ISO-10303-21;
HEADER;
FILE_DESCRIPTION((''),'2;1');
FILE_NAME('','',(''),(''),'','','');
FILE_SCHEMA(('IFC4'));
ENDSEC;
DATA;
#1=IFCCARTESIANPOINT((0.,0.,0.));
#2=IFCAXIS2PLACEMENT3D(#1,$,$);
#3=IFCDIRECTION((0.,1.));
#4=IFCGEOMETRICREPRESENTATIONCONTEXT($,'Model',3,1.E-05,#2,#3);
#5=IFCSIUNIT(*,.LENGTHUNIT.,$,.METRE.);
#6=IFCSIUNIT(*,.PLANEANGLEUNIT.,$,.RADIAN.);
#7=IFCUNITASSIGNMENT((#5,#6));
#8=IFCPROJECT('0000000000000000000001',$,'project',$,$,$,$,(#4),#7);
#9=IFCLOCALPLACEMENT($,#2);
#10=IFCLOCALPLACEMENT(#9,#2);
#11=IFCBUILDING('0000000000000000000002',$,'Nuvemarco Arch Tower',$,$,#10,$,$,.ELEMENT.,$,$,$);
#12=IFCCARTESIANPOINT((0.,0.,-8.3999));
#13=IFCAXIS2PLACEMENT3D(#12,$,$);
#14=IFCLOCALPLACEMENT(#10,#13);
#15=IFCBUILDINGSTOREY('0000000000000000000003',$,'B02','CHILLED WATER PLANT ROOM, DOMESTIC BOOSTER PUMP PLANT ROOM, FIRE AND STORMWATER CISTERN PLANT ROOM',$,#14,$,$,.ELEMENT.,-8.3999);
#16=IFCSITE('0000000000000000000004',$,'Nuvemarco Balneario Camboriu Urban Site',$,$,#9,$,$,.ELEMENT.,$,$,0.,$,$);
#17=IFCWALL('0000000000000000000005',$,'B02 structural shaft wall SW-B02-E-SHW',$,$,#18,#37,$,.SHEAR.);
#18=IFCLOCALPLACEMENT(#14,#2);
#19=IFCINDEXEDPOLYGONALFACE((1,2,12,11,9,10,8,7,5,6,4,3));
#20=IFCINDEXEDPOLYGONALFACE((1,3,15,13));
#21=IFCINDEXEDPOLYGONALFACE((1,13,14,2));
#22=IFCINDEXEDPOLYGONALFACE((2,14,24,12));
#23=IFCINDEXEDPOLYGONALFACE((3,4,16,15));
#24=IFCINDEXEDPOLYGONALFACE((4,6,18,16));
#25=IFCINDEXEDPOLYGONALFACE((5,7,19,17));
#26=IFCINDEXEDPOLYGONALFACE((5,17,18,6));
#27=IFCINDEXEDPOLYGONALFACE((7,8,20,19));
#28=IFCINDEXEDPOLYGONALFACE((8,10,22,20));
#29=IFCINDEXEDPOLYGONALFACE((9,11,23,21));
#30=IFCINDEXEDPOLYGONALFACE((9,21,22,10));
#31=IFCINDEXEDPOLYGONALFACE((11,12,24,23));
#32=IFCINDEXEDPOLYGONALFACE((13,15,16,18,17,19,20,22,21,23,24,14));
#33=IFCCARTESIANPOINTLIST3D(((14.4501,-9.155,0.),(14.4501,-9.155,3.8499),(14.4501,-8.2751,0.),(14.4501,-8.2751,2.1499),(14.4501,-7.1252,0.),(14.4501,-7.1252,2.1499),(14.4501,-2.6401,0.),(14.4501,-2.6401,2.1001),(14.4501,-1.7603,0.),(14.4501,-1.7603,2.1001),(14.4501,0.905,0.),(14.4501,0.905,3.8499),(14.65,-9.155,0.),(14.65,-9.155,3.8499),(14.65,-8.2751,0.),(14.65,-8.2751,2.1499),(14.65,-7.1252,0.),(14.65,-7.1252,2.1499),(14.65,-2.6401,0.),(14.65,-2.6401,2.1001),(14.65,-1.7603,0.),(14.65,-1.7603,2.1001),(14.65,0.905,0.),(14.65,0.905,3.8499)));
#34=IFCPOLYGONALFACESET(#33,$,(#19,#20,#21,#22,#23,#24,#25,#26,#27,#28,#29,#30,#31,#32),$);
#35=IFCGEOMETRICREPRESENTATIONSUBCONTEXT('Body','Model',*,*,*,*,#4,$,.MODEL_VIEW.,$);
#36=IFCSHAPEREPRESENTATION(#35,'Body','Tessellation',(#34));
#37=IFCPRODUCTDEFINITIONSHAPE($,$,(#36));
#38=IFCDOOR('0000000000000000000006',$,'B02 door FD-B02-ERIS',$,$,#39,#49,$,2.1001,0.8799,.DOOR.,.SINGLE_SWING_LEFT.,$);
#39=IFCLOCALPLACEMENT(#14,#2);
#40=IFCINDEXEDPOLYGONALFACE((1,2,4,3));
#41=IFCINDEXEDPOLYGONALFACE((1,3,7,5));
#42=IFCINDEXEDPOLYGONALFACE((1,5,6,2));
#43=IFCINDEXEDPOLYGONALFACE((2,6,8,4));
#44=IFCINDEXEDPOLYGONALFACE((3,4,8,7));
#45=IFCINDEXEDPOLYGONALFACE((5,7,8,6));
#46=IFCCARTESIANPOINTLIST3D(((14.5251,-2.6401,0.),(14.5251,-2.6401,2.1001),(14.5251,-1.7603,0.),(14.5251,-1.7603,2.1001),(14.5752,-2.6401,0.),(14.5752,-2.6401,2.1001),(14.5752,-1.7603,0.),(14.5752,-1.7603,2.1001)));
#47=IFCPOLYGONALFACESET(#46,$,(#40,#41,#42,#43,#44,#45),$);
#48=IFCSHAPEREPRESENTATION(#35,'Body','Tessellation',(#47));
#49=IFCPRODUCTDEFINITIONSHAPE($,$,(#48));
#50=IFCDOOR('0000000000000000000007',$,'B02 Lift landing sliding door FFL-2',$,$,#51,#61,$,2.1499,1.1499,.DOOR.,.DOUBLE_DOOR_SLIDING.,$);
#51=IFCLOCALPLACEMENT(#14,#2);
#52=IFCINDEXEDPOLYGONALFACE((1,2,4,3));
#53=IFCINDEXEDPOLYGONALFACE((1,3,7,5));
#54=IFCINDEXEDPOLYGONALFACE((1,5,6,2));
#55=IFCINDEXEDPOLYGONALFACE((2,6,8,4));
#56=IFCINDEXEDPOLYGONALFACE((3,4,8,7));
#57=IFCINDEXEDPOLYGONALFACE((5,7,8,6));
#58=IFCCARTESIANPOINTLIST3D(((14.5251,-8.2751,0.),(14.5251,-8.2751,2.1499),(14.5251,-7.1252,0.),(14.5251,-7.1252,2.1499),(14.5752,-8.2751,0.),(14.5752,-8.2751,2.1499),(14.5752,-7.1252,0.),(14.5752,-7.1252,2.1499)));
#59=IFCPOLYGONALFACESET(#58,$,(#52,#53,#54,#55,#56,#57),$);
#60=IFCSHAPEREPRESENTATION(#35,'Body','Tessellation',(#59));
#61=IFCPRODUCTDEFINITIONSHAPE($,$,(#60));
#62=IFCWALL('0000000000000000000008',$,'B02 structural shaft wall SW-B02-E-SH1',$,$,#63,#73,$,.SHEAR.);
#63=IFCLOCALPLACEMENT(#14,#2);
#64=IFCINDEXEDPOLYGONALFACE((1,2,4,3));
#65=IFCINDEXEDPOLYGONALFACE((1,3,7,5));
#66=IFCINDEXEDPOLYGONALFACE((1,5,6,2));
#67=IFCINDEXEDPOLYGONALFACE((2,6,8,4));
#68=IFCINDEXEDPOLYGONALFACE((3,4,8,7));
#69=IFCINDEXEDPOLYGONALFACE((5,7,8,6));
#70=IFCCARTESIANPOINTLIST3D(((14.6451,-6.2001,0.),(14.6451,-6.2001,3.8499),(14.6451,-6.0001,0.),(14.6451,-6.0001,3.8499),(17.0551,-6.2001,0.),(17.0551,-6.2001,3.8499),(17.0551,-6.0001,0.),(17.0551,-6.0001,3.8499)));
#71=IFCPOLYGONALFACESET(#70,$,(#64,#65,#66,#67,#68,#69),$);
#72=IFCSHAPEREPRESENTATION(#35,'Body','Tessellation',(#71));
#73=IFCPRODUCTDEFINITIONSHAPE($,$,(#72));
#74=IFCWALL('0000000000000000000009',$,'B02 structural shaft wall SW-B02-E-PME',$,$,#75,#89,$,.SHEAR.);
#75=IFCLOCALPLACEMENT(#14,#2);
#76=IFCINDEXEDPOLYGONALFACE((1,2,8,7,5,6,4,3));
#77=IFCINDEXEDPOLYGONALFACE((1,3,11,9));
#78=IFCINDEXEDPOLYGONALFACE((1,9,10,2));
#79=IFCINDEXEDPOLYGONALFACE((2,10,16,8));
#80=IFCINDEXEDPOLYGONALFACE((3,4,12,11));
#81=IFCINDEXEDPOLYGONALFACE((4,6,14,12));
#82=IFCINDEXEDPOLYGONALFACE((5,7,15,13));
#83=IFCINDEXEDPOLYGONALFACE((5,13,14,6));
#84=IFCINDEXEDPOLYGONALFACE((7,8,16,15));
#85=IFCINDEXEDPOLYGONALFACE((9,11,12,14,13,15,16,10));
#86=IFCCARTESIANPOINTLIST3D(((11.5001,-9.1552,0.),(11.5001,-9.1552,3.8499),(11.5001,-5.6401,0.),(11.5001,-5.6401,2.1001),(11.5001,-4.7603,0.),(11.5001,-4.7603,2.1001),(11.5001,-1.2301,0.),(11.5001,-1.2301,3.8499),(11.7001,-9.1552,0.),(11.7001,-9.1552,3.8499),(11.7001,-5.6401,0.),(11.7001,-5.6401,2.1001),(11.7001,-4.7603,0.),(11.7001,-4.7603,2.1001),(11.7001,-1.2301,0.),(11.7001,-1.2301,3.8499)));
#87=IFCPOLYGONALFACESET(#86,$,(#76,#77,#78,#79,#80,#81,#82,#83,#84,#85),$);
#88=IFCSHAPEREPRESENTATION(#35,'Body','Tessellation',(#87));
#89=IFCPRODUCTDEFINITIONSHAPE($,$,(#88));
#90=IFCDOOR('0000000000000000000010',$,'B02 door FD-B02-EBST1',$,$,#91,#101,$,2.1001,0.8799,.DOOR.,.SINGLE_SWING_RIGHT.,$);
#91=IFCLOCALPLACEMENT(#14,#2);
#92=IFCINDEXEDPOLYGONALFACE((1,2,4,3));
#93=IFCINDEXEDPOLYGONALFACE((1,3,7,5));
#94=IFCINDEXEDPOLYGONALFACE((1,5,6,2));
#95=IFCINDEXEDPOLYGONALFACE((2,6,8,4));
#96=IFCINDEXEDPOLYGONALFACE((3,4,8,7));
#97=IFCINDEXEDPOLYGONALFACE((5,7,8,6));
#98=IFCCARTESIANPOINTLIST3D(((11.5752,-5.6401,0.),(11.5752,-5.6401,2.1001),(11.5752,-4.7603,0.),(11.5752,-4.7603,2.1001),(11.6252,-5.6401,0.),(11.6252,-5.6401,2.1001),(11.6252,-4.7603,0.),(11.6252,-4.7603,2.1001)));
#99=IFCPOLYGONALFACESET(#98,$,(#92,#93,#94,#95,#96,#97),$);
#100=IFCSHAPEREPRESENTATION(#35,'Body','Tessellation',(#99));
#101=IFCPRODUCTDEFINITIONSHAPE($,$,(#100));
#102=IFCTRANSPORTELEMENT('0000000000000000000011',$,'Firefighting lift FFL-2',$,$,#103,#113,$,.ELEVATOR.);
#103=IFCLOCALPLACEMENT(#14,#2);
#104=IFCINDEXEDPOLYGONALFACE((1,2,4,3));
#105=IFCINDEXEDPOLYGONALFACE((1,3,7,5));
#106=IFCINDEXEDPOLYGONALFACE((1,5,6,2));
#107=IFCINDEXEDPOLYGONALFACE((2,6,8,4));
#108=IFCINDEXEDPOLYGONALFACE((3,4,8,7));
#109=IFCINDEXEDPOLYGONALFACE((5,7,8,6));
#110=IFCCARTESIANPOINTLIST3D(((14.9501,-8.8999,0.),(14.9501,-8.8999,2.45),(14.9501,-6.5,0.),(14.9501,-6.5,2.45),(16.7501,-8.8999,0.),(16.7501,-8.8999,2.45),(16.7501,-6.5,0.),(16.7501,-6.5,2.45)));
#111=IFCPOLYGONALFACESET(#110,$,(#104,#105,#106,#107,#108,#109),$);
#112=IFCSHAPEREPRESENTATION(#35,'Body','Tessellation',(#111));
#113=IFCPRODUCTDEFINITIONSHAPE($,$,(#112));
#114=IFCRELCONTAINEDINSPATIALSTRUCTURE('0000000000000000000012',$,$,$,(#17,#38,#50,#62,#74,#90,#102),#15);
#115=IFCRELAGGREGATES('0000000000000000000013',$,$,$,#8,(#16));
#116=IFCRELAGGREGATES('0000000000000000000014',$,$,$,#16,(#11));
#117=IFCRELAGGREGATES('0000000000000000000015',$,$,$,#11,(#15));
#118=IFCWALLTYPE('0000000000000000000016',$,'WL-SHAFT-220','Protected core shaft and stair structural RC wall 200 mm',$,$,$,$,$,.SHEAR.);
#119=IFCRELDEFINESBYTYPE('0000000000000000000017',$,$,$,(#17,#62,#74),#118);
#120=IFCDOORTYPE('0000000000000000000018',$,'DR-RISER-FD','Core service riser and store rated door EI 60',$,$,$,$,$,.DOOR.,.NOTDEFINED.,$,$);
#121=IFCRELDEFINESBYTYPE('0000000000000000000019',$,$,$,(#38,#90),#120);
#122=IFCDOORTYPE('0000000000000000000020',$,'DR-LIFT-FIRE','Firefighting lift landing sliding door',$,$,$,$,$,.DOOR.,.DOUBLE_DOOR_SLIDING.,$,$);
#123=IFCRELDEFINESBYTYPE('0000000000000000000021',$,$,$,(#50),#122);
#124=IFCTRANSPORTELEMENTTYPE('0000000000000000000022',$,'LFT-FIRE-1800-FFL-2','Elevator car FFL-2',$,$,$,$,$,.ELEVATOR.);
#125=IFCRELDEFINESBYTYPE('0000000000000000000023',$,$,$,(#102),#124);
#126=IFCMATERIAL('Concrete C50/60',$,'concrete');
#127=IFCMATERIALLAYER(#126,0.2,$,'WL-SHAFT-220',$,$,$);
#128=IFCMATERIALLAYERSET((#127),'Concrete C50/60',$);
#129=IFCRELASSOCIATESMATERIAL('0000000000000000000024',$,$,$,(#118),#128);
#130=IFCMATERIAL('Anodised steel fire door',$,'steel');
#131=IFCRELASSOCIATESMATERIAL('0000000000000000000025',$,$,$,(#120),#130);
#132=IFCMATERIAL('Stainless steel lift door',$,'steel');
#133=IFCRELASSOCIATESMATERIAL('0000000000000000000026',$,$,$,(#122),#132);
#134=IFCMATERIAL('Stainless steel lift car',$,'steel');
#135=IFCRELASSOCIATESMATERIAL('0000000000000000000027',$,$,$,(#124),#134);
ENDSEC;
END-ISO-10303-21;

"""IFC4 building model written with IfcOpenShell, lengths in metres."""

from ifc_helpers import new_model, si_unit, direction, frame, frame_2d, origin, origin_2d, place, context, subcontext, project, spatial, rectangle, extrude, source, transform, mapped, material, layer, layer_set, type_object, type_shapes, element, fill, save


model = new_model("IFC4")

# Units and contexts
model_context = context("Model", 3, precision=1e-05, world=origin(), true_north=direction((0.0, 1.0)))
body_context = subcontext(model_context, "Body", "Model", "MODEL_VIEW")
ifc_project = project(units=[si_unit("LENGTHUNIT", "METRE"), si_unit("PLANEANGLEUNIT", "RADIAN")], contexts=[model_context])

# Site, building, storey
site_placement = place(None, origin())
site = spatial("IfcSite", under=ifc_project, at=site_placement, Name="Nuvemarco Balneario Camboriu Urban Site", CompositionType="ELEMENT", RefElevation=0.0)
building_placement = place(site_placement, origin())
building = spatial("IfcBuilding", under=site, at=building_placement, Name="Nuvemarco Arch Tower", CompositionType="ELEMENT")
storey_placement = place(building_placement, frame((0.0, 0.0, -8.3999)))
storey = spatial("IfcBuildingStorey", under=building, at=storey_placement, Name="B02", Description="CHILLED WATER PLANT ROOM, DOMESTIC BOOSTER PUMP PLANT ROOM, FIRE AND STORMWATER CISTERN PLANT ROOM", CompositionType="ELEMENT", Elevation=-8.3999)

# Shared definitions
ifc_material_1 = material(Name="Concrete C50/60", Category="concrete")

# Wall, openings, doors
ifc_layer_1 = layer(ifc_material_1, 0.2, Name="WL-SHAFT-220")
ifc_layer_set_1 = layer_set([ifc_layer_1], Name="Concrete C50/60")
wall_type_1 = type_object("IfcWallType", Name="WL-SHAFT-220", Description="Protected core shaft and stair structural RC wall 200 mm", PredefinedType="SHEAR", material=ifc_layer_set_1)
wall_1_placement = place(storey_placement, frame((14.55, -9.155, 0.0), z_axis=(0.0, 0.0, 1.0), x_axis=(0.0, 1.0, 0.0)))
wall_1 = element("IfcWall", 1, at=wall_1_placement, inside=storey, type_object=wall_type_1, Name="B02 structural shaft wall SW-B02-E-SHW", PredefinedType="SHEAR", context=body_context, shape_type="SweptSolid", body=[
    extrude(rectangle(XDim=10.0601, YDim=0.2, at=frame_2d((5.03, 0.0))), origin(), (0.0, 0.0, 1.0), 3.8499),
])
opening_1_placement = place(wall_1_placement, frame((6.5149, 0.0, 0.0)))
opening_1 = element("IfcOpeningElement", 2, at=opening_1_placement, cuts=wall_1, PredefinedType="OPENING", context=body_context, shape_type="SweptSolid", body=[
    extrude(rectangle(XDim=0.8799, YDim=2.1001, at=frame_2d((0.4399, 1.05))), frame((0.0, 0.1099, 0.0), z_axis=(0.0, -1.0, 0.0), x_axis=(1.0, 0.0, 0.0)), (0.0, 0.0, 1.0), 0.22),
])
opening_2_placement = place(wall_1_placement, frame((0.8799, 0.0, 0.0)))
opening_2 = element("IfcOpeningElement", 3, at=opening_2_placement, cuts=wall_1, PredefinedType="OPENING", context=body_context, shape_type="SweptSolid", body=[
    extrude(rectangle(XDim=1.1499, YDim=2.1499, at=frame_2d((0.575, 1.075))), frame((0.0, 0.1099, 0.0), z_axis=(0.0, -1.0, 0.0), x_axis=(1.0, 0.0, 0.0)), (0.0, 0.0, 1.0), 0.22),
])
ifc_material_2 = material(Name="Anodised steel fire door", Category="steel")
door_type_1 = type_object("IfcDoorType", Name="DR-RISER-FD", Description="Core service riser and store rated door EI 60", OperationType="NOTDEFINED", PredefinedType="DOOR", material=ifc_material_2)
shared_shape_1 = source(origin(), body_context, "Body", "SweptSolid", [
    extrude(rectangle(XDim=0.8799, YDim=2.1001, at=frame_2d((0.4399, 1.05))), frame((0.0, 0.0249, 0.0), z_axis=(0.0, -1.0, 0.0), x_axis=(1.0, 0.0, 0.0)), (0.0, 0.0, 1.0), 0.05),
])
type_shapes(door_type_1, [shared_shape_1])
door_1_placement = place(opening_1_placement, origin())
door_1 = element("IfcDoor", 4, at=door_1_placement, inside=storey, type_object=door_type_1, Name="B02 door FD-B02-ERIS", OperationType="SINGLE_SWING_LEFT", OverallHeight=2.1001, OverallWidth=0.8799, PredefinedType="DOOR", context=body_context, shape_type="MappedRepresentation", body=[
    mapped(shared_shape_1, transform((0.0, 0.0, 0.0), scale=1.0)),
])
fill(opening_1, door_1)
ifc_material_3 = material(Name="Stainless steel lift door", Category="steel")
door_type_2 = type_object("IfcDoorType", Name="DR-LIFT-FIRE", Description="Firefighting lift landing sliding door", OperationType="DOUBLE_DOOR_SLIDING", PredefinedType="DOOR", material=ifc_material_3)
shared_shape_2 = source(origin(), body_context, "Body", "SweptSolid", [
    extrude(rectangle(XDim=1.1499, YDim=2.1499, at=frame_2d((0.575, 1.075))), frame((0.0, 0.0249, 0.0), z_axis=(0.0, -1.0, 0.0), x_axis=(1.0, 0.0, 0.0)), (0.0, 0.0, 1.0), 0.05),
])
type_shapes(door_type_2, [shared_shape_2])
door_2_placement = place(opening_2_placement, origin())
door_2 = element("IfcDoor", 5, at=door_2_placement, inside=storey, type_object=door_type_2, Name="B02 Lift landing sliding door FFL-2", OperationType="DOUBLE_DOOR_SLIDING", OverallHeight=2.1499, OverallWidth=1.1499, PredefinedType="DOOR", context=body_context, shape_type="MappedRepresentation", body=[
    mapped(shared_shape_2, transform((0.0, 0.0, 0.0), scale=1.0)),
])
fill(opening_2, door_2)

# Wall
wall_2_placement = place(storey_placement, frame((14.645, -6.1001, 0.0), z_axis=(0.0, 0.0, 1.0), x_axis=(1.0, 0.0, 0.0)))
element("IfcWall", 6, at=wall_2_placement, inside=storey, type_object=wall_type_1, Name="B02 structural shaft wall SW-B02-E-SH1", PredefinedType="SHEAR", context=body_context, shape_type="SweptSolid", body=[
    extrude(rectangle(XDim=2.4099, YDim=0.2, at=frame_2d((1.2051, 0.0))), origin(), (0.0, 0.0, 1.0), 3.8499),
])

# Wall, opening, door
wall_3_placement = place(storey_placement, frame((11.6001, -9.155, 0.0), z_axis=(0.0, 0.0, 1.0), x_axis=(0.0, 1.0, 0.0)))
wall_3 = element("IfcWall", 7, at=wall_3_placement, inside=storey, type_object=wall_type_1, Name="B02 structural shaft wall SW-B02-E-PME", PredefinedType="SHEAR", context=body_context, shape_type="SweptSolid", body=[
    extrude(rectangle(XDim=7.925, YDim=0.2, at=frame_2d((3.9624, 0.0))), origin(), (0.0, 0.0, 1.0), 3.8499),
])
opening_3_placement = place(wall_3_placement, frame((3.5149, 0.0, 0.0)))
opening_3 = element("IfcOpeningElement", 8, at=opening_3_placement, cuts=wall_3, PredefinedType="OPENING", context=body_context, shape_type="SweptSolid", body=[
    extrude(rectangle(XDim=0.8799, YDim=2.1001, at=frame_2d((0.4399, 1.05))), frame((0.0, 0.1099, 0.0), z_axis=(0.0, -1.0, 0.0), x_axis=(1.0, 0.0, 0.0)), (0.0, 0.0, 1.0), 0.22),
])
door_3_placement = place(opening_3_placement, origin())
door_3 = element("IfcDoor", 9, at=door_3_placement, inside=storey, type_object=door_type_1, Name="B02 door FD-B02-EBST1", OperationType="SINGLE_SWING_RIGHT", OverallHeight=2.1001, OverallWidth=0.8799, PredefinedType="DOOR", context=body_context, shape_type="MappedRepresentation", body=[
    mapped(shared_shape_1, transform((0.0, 0.0, 0.0), scale=1.0)),
])
fill(opening_3, door_3)

# Transport element
ifc_material_4 = material(Name="Stainless steel lift car", Category="steel")
transport_element_type = type_object("IfcTransportElementType", Name="LFT-FIRE-1800-FFL-2", Description="Elevator car FFL-2", PredefinedType="ELEVATOR", material=ifc_material_4)
shared_shape_3 = source(origin(), body_context, "Body", "SweptSolid", [
    extrude(rectangle(XDim=1.8, YDim=2.3999, at=origin_2d()), origin(), (0.0, 0.0, 1.0), 2.45),
])
type_shapes(transport_element_type, [shared_shape_3])
transport_element_placement = place(storey_placement, frame((15.8501, -7.7, 0.0), z_axis=(0.0, 0.0, 1.0), x_axis=(1.0, 0.0, 0.0)))
element("IfcTransportElement", 10, at=transport_element_placement, inside=storey, type_object=transport_element_type, Name="Firefighting lift FFL-2", PredefinedType="ELEVATOR", context=body_context, shape_type="MappedRepresentation", body=[
    mapped(shared_shape_3, transform((0.0, 0.0, 0.0), scale=1.0)),
])

save(model, "model.ifc")
